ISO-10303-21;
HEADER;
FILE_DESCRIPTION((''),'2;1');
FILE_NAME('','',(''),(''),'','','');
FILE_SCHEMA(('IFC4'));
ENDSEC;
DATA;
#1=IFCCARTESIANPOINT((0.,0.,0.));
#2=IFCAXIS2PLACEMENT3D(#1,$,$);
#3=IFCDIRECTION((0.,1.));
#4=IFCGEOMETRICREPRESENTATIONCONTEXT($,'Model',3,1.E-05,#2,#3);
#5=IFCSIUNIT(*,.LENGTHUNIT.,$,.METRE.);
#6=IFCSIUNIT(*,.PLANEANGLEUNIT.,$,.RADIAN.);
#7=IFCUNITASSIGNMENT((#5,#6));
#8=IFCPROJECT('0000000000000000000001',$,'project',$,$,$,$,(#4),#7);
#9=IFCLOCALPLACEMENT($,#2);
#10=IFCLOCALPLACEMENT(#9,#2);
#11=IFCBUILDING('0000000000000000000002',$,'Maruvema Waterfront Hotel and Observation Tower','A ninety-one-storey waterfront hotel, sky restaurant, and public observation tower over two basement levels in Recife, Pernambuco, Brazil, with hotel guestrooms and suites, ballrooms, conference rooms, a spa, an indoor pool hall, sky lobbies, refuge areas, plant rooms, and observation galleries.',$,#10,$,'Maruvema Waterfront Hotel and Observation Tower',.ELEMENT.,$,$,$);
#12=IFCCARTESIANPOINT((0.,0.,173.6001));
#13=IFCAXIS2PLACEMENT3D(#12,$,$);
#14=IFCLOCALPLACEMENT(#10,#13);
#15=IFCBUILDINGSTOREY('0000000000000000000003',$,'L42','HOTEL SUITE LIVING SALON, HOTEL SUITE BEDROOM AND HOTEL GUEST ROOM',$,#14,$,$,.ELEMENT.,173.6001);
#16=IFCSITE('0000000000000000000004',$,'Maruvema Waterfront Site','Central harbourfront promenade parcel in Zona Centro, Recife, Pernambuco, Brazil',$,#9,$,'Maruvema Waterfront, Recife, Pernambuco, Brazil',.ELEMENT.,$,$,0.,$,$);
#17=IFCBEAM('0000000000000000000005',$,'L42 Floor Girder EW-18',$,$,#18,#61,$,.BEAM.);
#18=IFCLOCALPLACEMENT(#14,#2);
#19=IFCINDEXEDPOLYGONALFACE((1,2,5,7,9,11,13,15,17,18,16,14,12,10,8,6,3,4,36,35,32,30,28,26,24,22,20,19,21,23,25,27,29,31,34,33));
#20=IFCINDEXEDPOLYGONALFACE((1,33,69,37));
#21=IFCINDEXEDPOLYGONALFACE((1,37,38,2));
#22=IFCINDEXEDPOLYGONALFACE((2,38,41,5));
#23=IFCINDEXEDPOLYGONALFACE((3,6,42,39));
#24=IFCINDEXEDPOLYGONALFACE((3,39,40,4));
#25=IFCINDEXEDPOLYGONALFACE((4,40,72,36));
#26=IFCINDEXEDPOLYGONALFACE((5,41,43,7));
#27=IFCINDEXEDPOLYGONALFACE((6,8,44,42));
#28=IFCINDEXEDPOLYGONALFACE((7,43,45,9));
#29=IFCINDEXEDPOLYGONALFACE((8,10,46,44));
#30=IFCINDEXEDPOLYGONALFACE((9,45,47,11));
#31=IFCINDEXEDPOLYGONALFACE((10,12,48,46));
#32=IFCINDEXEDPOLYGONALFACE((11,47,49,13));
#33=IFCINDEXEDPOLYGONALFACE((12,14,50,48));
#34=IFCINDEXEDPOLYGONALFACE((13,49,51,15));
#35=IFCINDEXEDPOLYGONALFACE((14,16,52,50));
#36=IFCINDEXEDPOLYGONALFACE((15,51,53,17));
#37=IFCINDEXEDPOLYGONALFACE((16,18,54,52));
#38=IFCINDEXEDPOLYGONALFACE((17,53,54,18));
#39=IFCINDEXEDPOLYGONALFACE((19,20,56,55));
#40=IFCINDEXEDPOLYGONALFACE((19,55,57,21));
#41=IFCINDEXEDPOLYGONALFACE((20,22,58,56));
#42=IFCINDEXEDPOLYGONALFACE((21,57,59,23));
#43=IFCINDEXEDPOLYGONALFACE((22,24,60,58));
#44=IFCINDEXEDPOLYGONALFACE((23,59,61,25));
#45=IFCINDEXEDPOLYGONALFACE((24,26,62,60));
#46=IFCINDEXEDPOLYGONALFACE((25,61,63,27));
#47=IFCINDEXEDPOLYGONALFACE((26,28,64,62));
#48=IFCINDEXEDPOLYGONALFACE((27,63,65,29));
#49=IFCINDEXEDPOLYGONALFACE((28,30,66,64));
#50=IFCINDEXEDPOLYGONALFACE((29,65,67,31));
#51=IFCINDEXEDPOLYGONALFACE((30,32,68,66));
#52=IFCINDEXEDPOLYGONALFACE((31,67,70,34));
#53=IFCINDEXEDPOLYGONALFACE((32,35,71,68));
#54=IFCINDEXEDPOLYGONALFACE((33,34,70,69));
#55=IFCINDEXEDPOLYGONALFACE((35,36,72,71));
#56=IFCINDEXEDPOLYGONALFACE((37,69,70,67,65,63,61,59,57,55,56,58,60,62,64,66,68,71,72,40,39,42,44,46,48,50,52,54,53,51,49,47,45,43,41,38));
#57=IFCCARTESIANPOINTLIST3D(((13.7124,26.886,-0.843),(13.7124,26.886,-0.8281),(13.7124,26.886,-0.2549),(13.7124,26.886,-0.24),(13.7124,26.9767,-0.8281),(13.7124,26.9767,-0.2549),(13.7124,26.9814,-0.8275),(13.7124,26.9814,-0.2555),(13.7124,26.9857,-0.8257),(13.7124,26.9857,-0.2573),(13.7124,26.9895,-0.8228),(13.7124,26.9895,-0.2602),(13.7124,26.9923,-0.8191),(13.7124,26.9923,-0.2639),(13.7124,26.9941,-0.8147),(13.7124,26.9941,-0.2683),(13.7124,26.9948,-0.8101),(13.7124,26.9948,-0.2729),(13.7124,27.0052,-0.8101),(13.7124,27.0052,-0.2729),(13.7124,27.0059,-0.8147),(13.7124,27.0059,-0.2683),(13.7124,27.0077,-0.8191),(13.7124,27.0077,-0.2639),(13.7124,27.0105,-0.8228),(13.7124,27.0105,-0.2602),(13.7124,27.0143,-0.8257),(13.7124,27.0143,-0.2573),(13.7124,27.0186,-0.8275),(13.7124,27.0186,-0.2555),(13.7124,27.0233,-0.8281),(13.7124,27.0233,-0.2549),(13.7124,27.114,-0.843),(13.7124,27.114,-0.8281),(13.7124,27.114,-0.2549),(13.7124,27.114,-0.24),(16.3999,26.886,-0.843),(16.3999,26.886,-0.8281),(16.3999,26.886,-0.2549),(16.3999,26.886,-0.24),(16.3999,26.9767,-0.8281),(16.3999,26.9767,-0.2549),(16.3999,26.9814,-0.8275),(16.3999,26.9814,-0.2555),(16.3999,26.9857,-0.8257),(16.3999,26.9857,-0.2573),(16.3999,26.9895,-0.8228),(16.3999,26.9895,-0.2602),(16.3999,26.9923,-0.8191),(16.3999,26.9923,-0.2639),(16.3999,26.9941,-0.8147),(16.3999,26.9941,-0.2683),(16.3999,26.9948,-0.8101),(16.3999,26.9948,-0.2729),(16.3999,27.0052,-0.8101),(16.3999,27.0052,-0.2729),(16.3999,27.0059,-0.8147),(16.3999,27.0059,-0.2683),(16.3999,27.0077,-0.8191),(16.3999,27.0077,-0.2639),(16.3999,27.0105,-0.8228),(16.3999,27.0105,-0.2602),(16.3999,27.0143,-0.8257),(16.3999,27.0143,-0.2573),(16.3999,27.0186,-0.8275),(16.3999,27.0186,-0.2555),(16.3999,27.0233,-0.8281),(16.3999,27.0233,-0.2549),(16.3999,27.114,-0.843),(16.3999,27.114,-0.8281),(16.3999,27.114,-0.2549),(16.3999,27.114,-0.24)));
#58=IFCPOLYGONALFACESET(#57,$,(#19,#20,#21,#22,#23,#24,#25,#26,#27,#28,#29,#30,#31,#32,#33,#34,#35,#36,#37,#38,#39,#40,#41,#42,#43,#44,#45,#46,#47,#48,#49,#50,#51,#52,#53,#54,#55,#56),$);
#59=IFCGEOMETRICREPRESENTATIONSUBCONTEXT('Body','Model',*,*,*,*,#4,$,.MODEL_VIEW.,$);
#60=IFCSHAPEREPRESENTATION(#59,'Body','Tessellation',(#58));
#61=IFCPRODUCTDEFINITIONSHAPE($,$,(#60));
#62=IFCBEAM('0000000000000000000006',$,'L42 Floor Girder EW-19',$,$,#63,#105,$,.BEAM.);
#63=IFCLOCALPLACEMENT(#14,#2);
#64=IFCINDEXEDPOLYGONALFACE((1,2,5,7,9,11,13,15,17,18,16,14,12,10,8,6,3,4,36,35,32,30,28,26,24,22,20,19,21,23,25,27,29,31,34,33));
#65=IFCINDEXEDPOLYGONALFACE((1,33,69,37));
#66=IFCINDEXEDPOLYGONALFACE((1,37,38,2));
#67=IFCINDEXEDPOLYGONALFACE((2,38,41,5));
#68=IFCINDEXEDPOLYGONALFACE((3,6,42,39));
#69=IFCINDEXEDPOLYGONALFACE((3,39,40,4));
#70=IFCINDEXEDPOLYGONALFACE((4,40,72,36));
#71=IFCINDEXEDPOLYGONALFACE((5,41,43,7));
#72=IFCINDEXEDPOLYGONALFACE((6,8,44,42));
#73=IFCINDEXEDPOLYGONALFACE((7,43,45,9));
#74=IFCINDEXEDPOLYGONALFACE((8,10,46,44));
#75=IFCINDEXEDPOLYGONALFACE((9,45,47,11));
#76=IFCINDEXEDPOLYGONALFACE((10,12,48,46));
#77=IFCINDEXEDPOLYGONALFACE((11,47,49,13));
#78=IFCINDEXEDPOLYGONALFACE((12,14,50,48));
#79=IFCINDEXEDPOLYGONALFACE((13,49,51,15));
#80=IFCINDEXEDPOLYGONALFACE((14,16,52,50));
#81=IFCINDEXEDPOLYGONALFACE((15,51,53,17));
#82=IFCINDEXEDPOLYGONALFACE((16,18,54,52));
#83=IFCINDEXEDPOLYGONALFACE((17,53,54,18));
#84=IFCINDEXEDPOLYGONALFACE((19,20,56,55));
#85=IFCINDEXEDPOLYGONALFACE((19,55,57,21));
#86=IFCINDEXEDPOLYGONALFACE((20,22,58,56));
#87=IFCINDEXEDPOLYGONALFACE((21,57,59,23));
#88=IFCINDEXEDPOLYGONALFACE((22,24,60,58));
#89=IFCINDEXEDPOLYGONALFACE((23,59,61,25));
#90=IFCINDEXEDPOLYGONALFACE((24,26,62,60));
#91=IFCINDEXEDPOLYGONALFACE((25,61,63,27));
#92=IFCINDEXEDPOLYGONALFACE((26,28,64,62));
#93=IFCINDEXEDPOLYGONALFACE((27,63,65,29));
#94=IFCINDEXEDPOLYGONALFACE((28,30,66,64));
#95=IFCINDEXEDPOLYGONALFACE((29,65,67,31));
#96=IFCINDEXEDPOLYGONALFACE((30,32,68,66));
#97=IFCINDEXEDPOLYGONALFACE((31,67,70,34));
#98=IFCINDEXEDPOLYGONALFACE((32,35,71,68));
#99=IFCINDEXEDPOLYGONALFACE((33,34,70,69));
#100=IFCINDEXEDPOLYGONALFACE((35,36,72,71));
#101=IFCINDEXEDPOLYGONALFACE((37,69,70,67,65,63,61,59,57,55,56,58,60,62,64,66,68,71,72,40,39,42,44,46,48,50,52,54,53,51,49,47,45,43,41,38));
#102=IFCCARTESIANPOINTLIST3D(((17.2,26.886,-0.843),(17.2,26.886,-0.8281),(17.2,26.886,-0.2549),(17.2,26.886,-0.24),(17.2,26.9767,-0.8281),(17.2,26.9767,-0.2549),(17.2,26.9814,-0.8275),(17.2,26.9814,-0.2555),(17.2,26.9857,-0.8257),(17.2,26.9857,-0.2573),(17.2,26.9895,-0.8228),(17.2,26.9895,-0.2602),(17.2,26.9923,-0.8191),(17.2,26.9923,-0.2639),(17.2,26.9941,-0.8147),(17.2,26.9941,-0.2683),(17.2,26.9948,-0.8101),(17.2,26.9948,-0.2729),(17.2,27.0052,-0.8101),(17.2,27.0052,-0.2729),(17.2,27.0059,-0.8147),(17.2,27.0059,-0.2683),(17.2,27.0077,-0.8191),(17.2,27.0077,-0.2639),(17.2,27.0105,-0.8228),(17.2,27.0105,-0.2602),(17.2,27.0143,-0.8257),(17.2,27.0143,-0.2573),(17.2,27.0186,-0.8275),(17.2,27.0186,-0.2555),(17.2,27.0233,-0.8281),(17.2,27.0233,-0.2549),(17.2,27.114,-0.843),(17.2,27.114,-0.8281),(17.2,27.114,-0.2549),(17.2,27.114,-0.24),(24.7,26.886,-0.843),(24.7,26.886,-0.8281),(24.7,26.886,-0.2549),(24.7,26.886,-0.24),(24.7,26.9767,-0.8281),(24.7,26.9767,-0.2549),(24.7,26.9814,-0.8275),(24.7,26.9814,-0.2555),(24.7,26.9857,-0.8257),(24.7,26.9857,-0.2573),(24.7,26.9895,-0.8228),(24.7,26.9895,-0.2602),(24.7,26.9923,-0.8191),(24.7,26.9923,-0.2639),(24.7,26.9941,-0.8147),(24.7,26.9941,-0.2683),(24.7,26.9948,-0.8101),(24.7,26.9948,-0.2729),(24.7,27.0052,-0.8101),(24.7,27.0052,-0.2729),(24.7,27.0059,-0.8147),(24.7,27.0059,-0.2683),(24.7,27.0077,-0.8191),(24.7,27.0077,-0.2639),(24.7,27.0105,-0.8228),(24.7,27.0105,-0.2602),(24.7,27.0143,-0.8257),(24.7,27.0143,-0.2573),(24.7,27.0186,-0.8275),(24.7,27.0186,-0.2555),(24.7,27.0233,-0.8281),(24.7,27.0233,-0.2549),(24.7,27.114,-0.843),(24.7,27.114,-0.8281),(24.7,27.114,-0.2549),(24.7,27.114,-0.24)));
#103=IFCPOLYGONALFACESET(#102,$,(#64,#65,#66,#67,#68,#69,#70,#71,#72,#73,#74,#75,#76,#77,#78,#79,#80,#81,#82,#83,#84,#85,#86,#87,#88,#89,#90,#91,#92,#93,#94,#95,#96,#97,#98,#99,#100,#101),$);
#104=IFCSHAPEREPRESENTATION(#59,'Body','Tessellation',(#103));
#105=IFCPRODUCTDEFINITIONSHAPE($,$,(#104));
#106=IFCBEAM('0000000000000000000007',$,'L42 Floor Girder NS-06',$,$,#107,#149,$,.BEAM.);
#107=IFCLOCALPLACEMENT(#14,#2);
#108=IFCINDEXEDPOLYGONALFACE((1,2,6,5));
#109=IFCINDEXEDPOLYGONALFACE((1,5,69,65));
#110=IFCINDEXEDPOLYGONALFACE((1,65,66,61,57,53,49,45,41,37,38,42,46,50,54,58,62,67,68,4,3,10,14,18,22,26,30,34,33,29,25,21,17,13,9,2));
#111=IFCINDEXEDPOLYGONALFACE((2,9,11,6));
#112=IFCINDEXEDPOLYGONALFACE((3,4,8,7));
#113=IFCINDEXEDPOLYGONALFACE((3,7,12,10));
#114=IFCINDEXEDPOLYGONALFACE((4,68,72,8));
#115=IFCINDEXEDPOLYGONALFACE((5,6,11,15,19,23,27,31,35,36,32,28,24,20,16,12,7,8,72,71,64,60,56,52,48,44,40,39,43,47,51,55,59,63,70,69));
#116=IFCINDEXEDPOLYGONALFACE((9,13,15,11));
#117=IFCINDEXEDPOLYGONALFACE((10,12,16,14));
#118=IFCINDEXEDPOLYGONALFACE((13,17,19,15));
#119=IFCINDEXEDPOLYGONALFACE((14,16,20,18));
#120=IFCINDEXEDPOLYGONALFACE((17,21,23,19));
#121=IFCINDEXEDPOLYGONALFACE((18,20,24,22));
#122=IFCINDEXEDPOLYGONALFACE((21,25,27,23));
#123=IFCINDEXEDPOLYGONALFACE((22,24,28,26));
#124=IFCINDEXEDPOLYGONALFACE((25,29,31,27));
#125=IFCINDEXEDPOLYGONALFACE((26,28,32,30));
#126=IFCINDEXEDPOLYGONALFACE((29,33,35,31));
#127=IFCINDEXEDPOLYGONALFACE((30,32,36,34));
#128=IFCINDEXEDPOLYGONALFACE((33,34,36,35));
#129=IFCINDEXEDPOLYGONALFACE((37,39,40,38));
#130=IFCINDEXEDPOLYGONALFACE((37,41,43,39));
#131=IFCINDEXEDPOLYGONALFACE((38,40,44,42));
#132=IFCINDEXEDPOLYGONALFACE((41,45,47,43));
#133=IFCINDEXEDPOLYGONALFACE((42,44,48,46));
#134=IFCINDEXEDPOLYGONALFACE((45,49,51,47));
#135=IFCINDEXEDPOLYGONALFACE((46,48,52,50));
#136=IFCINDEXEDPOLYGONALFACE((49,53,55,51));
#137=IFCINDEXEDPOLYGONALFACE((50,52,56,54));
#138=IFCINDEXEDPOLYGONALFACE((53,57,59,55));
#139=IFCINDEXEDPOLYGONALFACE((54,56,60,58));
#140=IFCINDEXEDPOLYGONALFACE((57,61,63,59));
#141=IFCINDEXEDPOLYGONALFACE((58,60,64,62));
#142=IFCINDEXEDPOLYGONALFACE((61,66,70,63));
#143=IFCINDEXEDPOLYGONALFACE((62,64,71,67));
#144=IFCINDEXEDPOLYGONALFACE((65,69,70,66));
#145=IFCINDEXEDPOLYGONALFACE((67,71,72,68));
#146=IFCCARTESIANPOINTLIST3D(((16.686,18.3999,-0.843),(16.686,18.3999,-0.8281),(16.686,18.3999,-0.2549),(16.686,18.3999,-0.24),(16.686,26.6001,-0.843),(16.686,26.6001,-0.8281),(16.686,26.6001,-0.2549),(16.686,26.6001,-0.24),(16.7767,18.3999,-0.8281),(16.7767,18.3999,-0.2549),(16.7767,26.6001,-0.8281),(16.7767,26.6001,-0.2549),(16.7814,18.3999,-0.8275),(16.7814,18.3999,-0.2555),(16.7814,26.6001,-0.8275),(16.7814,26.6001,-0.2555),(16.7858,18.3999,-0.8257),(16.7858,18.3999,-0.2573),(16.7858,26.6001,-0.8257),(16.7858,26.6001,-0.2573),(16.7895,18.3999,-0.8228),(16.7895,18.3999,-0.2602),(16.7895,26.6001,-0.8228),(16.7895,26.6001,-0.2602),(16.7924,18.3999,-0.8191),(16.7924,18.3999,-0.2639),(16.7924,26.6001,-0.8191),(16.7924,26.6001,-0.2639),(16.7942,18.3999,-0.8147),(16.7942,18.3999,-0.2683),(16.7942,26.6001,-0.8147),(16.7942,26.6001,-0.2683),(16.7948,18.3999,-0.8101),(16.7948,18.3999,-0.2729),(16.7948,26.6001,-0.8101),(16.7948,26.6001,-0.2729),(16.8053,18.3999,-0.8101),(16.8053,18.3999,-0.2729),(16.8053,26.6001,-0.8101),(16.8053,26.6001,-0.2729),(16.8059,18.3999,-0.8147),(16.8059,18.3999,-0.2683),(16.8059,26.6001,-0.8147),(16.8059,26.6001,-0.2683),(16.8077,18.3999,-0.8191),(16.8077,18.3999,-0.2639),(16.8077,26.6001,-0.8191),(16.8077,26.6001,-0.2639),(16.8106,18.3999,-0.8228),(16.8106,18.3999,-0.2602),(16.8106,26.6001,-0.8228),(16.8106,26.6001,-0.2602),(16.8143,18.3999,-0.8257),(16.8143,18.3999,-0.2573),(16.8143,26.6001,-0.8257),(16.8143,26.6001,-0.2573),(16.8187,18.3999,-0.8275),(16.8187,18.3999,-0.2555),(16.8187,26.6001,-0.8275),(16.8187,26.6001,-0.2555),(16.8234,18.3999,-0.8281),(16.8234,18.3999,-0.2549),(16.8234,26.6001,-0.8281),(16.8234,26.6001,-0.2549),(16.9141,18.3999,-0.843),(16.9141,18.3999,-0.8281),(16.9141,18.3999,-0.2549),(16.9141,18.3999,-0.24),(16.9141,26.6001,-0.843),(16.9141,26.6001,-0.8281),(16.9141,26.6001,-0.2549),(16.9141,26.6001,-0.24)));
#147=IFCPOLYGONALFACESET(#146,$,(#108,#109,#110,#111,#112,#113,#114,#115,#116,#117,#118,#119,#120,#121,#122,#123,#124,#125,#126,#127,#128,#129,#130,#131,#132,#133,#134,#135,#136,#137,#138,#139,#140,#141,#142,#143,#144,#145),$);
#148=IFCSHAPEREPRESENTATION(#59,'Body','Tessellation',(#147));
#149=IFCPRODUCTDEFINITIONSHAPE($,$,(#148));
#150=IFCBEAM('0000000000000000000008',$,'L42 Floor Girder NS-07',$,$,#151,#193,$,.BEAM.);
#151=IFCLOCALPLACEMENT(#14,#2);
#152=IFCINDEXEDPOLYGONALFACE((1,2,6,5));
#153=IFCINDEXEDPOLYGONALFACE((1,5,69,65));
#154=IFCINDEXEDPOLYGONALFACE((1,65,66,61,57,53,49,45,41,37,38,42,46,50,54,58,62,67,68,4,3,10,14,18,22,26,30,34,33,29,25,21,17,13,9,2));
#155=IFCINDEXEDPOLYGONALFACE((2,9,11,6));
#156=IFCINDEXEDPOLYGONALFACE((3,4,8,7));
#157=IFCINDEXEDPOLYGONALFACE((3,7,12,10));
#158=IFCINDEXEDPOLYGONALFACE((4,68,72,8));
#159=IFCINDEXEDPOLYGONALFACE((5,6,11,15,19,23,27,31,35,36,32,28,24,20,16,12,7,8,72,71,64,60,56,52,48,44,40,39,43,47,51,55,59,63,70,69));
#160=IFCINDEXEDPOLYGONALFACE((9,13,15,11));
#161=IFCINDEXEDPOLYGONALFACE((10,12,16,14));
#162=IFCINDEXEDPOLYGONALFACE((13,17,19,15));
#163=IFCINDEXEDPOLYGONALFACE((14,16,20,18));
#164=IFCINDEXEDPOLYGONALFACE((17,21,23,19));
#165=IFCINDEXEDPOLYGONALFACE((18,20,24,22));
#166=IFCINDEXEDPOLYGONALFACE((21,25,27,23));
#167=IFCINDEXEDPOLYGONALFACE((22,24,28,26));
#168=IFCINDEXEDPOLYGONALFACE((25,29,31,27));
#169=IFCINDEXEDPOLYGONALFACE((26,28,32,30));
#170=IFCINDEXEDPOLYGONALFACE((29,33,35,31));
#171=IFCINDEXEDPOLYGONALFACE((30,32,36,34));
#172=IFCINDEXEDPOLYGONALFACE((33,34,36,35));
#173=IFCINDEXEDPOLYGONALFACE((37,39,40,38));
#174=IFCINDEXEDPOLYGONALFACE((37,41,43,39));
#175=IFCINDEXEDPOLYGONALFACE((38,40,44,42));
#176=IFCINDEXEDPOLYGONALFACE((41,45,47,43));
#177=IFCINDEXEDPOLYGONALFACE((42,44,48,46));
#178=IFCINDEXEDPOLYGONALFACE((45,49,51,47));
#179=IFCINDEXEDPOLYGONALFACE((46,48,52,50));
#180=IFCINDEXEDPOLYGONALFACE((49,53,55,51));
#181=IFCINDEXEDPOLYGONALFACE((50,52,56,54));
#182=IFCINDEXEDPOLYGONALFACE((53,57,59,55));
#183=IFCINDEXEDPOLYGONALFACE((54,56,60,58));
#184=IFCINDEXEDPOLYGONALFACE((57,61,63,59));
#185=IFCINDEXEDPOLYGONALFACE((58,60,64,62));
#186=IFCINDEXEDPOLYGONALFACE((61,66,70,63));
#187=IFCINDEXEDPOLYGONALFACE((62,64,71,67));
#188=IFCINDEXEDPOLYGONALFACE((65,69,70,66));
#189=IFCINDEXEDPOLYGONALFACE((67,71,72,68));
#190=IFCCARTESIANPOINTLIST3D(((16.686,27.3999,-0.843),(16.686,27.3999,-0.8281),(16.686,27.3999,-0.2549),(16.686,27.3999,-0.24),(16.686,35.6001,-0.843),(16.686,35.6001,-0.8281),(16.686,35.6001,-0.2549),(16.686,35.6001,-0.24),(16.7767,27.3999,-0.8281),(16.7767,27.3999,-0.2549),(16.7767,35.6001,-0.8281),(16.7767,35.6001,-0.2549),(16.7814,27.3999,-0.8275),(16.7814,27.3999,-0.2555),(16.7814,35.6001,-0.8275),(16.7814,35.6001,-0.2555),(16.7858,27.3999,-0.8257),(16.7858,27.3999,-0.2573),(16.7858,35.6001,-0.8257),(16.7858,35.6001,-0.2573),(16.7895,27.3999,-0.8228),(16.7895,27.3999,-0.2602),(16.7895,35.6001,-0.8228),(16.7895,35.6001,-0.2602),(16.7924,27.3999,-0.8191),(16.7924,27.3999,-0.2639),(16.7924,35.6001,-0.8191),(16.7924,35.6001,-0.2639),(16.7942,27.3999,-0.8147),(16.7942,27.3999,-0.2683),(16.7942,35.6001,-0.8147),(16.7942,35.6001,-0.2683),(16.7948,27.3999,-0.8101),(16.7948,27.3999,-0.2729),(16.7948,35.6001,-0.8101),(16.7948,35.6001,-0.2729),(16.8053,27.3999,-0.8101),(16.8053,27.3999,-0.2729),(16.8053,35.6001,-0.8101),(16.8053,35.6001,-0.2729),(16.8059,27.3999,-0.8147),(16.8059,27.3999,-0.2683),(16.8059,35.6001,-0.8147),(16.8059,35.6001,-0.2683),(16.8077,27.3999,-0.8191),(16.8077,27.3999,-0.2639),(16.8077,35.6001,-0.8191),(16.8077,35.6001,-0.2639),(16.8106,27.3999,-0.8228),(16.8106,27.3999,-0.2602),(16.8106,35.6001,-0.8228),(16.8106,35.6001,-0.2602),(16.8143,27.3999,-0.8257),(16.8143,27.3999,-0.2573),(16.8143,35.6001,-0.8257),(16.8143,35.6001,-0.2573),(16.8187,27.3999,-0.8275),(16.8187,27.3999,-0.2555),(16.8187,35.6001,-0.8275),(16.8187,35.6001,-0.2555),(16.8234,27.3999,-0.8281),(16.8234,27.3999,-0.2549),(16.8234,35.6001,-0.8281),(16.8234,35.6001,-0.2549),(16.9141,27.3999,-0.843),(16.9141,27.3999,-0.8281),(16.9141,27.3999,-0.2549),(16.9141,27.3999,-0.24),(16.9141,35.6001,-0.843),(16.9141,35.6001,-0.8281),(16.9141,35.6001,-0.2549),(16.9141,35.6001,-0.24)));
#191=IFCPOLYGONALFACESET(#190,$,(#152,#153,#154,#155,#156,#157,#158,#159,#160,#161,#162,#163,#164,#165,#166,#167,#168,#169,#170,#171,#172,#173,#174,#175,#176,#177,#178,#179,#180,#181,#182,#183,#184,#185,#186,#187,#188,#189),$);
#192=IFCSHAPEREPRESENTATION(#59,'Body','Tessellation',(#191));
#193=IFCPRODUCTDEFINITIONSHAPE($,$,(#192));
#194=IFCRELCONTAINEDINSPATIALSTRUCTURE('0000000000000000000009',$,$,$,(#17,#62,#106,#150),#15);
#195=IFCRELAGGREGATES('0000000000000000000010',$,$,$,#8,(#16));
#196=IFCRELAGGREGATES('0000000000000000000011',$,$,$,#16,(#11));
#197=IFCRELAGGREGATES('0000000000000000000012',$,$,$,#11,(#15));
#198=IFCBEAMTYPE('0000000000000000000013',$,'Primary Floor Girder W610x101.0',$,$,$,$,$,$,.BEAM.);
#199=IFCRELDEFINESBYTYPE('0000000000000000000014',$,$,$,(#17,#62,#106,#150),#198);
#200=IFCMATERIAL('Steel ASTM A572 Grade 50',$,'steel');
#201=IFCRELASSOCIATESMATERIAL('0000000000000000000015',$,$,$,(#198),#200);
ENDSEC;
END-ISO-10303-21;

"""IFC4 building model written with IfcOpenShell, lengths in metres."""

from ifc_helpers import new_model, si_unit, direction, frame, origin, origin_2d, place, context, subcontext, project, spatial, i_section, extrude, material, material_profile, profile_set, type_object, element, save


model = new_model("IFC4")

# Units and contexts
model_context = context("Model", 3, precision=1e-05, world=origin(), true_north=direction((0.0, 1.0)))
body_context = subcontext(model_context, "Body", "Model", "MODEL_VIEW")
ifc_project = project(units=[si_unit("LENGTHUNIT", "METRE"), si_unit("PLANEANGLEUNIT", "RADIAN")], contexts=[model_context])

# Site, building, storey
site_placement = place(None, origin())
site = spatial("IfcSite", under=ifc_project, at=site_placement, Name="Maruvema Waterfront Site", Description="Central harbourfront promenade parcel in Zona Centro, Recife, Pernambuco, Brazil", LongName="Maruvema Waterfront, Recife, Pernambuco, Brazil", CompositionType="ELEMENT", RefElevation=0.0)
building_placement = place(site_placement, origin())
building = spatial("IfcBuilding", under=site, at=building_placement, Name="Maruvema Waterfront Hotel and Observation Tower", Description="A ninety-one-storey waterfront hotel, sky restaurant, and public observation tower over two basement levels in Recife, Pernambuco, Brazil, with hotel guestrooms and suites, ballrooms, conference rooms, a spa, an indoor pool hall, sky lobbies, refuge areas, plant rooms, and observation galleries.", LongName="Maruvema Waterfront Hotel and Observation Tower", CompositionType="ELEMENT")
storey_placement = place(building_placement, frame((0.0, 0.0, 173.6001)))
storey = spatial("IfcBuildingStorey", under=building, at=storey_placement, Name="L42", Description="HOTEL SUITE LIVING SALON, HOTEL SUITE BEDROOM AND HOTEL GUEST ROOM", CompositionType="ELEMENT", Elevation=173.6001)

# Beams
ifc_material_1 = material(Name="Steel ASTM A572 Grade 50", Category="steel")
ifc_material_profile_1 = material_profile(ifc_material_1, i_section(OverallWidth=0.228, OverallDepth=0.603, WebThickness=0.0105, FlangeThickness=0.0149, FilletRadius=0.0181, at=origin_2d()), Name="W610x101.0")
ifc_profile_set_1 = profile_set([ifc_material_profile_1], Name="Steel ASTM A572 Grade 50")
beam_type_1 = type_object("IfcBeamType", Name="Primary Floor Girder W610x101.0", PredefinedType="BEAM", material=ifc_profile_set_1)
beam_1_placement = place(storey_placement, frame((13.7124, 27.0, -0.5415), z_axis=(1.0, 0.0, 0.0), x_axis=(0.0, 1.0, 0.0)))
element("IfcBeam", 1, at=beam_1_placement, inside=storey, type_object=beam_type_1, Name="L42 Floor Girder EW-18", PredefinedType="BEAM", context=body_context, shape_type="SweptSolid", body=[
    extrude(i_section(OverallWidth=0.228, OverallDepth=0.603, WebThickness=0.0105, FlangeThickness=0.0149, FilletRadius=0.0181, at=origin_2d()), origin(), (0.0, 0.0, 1.0), 2.6875),
])
beam_2_placement = place(storey_placement, frame((17.2, 27.0, -0.5415), z_axis=(1.0, 0.0, 0.0), x_axis=(0.0, 1.0, 0.0)))
element("IfcBeam", 2, at=beam_2_placement, inside=storey, type_object=beam_type_1, Name="L42 Floor Girder EW-19", PredefinedType="BEAM", context=body_context, shape_type="SweptSolid", body=[
    extrude(i_section(OverallWidth=0.228, OverallDepth=0.603, WebThickness=0.0105, FlangeThickness=0.0149, FilletRadius=0.0181, at=origin_2d()), origin(), (0.0, 0.0, 1.0), 7.5),
])
for number, where, z_axis, x_axis, name in (
    (3, (16.8, 18.3999, -0.5415), (0.0, 1.0, 0.0), (-1.0, 0.0, 0.0), "L42 Floor Girder NS-06"),
    (4, (16.8, 27.3999, -0.5415), (0.0, 1.0, 0.0), (-1.0, 0.0, 0.0), "L42 Floor Girder NS-07"),
):
    element("IfcBeam", number, at=place(storey_placement, frame(where, z_axis=z_axis, x_axis=x_axis)), inside=storey, type_object=beam_type_1, Name=name, PredefinedType="BEAM", context=body_context, shape_type="SweptSolid", body=[
        extrude(i_section(OverallWidth=0.228, OverallDepth=0.603, WebThickness=0.0105, FlangeThickness=0.0149, FilletRadius=0.0181, at=origin_2d()), origin(), (0.0, 0.0, 1.0), 8.2002),
    ])

save(model, "model.ifc")
